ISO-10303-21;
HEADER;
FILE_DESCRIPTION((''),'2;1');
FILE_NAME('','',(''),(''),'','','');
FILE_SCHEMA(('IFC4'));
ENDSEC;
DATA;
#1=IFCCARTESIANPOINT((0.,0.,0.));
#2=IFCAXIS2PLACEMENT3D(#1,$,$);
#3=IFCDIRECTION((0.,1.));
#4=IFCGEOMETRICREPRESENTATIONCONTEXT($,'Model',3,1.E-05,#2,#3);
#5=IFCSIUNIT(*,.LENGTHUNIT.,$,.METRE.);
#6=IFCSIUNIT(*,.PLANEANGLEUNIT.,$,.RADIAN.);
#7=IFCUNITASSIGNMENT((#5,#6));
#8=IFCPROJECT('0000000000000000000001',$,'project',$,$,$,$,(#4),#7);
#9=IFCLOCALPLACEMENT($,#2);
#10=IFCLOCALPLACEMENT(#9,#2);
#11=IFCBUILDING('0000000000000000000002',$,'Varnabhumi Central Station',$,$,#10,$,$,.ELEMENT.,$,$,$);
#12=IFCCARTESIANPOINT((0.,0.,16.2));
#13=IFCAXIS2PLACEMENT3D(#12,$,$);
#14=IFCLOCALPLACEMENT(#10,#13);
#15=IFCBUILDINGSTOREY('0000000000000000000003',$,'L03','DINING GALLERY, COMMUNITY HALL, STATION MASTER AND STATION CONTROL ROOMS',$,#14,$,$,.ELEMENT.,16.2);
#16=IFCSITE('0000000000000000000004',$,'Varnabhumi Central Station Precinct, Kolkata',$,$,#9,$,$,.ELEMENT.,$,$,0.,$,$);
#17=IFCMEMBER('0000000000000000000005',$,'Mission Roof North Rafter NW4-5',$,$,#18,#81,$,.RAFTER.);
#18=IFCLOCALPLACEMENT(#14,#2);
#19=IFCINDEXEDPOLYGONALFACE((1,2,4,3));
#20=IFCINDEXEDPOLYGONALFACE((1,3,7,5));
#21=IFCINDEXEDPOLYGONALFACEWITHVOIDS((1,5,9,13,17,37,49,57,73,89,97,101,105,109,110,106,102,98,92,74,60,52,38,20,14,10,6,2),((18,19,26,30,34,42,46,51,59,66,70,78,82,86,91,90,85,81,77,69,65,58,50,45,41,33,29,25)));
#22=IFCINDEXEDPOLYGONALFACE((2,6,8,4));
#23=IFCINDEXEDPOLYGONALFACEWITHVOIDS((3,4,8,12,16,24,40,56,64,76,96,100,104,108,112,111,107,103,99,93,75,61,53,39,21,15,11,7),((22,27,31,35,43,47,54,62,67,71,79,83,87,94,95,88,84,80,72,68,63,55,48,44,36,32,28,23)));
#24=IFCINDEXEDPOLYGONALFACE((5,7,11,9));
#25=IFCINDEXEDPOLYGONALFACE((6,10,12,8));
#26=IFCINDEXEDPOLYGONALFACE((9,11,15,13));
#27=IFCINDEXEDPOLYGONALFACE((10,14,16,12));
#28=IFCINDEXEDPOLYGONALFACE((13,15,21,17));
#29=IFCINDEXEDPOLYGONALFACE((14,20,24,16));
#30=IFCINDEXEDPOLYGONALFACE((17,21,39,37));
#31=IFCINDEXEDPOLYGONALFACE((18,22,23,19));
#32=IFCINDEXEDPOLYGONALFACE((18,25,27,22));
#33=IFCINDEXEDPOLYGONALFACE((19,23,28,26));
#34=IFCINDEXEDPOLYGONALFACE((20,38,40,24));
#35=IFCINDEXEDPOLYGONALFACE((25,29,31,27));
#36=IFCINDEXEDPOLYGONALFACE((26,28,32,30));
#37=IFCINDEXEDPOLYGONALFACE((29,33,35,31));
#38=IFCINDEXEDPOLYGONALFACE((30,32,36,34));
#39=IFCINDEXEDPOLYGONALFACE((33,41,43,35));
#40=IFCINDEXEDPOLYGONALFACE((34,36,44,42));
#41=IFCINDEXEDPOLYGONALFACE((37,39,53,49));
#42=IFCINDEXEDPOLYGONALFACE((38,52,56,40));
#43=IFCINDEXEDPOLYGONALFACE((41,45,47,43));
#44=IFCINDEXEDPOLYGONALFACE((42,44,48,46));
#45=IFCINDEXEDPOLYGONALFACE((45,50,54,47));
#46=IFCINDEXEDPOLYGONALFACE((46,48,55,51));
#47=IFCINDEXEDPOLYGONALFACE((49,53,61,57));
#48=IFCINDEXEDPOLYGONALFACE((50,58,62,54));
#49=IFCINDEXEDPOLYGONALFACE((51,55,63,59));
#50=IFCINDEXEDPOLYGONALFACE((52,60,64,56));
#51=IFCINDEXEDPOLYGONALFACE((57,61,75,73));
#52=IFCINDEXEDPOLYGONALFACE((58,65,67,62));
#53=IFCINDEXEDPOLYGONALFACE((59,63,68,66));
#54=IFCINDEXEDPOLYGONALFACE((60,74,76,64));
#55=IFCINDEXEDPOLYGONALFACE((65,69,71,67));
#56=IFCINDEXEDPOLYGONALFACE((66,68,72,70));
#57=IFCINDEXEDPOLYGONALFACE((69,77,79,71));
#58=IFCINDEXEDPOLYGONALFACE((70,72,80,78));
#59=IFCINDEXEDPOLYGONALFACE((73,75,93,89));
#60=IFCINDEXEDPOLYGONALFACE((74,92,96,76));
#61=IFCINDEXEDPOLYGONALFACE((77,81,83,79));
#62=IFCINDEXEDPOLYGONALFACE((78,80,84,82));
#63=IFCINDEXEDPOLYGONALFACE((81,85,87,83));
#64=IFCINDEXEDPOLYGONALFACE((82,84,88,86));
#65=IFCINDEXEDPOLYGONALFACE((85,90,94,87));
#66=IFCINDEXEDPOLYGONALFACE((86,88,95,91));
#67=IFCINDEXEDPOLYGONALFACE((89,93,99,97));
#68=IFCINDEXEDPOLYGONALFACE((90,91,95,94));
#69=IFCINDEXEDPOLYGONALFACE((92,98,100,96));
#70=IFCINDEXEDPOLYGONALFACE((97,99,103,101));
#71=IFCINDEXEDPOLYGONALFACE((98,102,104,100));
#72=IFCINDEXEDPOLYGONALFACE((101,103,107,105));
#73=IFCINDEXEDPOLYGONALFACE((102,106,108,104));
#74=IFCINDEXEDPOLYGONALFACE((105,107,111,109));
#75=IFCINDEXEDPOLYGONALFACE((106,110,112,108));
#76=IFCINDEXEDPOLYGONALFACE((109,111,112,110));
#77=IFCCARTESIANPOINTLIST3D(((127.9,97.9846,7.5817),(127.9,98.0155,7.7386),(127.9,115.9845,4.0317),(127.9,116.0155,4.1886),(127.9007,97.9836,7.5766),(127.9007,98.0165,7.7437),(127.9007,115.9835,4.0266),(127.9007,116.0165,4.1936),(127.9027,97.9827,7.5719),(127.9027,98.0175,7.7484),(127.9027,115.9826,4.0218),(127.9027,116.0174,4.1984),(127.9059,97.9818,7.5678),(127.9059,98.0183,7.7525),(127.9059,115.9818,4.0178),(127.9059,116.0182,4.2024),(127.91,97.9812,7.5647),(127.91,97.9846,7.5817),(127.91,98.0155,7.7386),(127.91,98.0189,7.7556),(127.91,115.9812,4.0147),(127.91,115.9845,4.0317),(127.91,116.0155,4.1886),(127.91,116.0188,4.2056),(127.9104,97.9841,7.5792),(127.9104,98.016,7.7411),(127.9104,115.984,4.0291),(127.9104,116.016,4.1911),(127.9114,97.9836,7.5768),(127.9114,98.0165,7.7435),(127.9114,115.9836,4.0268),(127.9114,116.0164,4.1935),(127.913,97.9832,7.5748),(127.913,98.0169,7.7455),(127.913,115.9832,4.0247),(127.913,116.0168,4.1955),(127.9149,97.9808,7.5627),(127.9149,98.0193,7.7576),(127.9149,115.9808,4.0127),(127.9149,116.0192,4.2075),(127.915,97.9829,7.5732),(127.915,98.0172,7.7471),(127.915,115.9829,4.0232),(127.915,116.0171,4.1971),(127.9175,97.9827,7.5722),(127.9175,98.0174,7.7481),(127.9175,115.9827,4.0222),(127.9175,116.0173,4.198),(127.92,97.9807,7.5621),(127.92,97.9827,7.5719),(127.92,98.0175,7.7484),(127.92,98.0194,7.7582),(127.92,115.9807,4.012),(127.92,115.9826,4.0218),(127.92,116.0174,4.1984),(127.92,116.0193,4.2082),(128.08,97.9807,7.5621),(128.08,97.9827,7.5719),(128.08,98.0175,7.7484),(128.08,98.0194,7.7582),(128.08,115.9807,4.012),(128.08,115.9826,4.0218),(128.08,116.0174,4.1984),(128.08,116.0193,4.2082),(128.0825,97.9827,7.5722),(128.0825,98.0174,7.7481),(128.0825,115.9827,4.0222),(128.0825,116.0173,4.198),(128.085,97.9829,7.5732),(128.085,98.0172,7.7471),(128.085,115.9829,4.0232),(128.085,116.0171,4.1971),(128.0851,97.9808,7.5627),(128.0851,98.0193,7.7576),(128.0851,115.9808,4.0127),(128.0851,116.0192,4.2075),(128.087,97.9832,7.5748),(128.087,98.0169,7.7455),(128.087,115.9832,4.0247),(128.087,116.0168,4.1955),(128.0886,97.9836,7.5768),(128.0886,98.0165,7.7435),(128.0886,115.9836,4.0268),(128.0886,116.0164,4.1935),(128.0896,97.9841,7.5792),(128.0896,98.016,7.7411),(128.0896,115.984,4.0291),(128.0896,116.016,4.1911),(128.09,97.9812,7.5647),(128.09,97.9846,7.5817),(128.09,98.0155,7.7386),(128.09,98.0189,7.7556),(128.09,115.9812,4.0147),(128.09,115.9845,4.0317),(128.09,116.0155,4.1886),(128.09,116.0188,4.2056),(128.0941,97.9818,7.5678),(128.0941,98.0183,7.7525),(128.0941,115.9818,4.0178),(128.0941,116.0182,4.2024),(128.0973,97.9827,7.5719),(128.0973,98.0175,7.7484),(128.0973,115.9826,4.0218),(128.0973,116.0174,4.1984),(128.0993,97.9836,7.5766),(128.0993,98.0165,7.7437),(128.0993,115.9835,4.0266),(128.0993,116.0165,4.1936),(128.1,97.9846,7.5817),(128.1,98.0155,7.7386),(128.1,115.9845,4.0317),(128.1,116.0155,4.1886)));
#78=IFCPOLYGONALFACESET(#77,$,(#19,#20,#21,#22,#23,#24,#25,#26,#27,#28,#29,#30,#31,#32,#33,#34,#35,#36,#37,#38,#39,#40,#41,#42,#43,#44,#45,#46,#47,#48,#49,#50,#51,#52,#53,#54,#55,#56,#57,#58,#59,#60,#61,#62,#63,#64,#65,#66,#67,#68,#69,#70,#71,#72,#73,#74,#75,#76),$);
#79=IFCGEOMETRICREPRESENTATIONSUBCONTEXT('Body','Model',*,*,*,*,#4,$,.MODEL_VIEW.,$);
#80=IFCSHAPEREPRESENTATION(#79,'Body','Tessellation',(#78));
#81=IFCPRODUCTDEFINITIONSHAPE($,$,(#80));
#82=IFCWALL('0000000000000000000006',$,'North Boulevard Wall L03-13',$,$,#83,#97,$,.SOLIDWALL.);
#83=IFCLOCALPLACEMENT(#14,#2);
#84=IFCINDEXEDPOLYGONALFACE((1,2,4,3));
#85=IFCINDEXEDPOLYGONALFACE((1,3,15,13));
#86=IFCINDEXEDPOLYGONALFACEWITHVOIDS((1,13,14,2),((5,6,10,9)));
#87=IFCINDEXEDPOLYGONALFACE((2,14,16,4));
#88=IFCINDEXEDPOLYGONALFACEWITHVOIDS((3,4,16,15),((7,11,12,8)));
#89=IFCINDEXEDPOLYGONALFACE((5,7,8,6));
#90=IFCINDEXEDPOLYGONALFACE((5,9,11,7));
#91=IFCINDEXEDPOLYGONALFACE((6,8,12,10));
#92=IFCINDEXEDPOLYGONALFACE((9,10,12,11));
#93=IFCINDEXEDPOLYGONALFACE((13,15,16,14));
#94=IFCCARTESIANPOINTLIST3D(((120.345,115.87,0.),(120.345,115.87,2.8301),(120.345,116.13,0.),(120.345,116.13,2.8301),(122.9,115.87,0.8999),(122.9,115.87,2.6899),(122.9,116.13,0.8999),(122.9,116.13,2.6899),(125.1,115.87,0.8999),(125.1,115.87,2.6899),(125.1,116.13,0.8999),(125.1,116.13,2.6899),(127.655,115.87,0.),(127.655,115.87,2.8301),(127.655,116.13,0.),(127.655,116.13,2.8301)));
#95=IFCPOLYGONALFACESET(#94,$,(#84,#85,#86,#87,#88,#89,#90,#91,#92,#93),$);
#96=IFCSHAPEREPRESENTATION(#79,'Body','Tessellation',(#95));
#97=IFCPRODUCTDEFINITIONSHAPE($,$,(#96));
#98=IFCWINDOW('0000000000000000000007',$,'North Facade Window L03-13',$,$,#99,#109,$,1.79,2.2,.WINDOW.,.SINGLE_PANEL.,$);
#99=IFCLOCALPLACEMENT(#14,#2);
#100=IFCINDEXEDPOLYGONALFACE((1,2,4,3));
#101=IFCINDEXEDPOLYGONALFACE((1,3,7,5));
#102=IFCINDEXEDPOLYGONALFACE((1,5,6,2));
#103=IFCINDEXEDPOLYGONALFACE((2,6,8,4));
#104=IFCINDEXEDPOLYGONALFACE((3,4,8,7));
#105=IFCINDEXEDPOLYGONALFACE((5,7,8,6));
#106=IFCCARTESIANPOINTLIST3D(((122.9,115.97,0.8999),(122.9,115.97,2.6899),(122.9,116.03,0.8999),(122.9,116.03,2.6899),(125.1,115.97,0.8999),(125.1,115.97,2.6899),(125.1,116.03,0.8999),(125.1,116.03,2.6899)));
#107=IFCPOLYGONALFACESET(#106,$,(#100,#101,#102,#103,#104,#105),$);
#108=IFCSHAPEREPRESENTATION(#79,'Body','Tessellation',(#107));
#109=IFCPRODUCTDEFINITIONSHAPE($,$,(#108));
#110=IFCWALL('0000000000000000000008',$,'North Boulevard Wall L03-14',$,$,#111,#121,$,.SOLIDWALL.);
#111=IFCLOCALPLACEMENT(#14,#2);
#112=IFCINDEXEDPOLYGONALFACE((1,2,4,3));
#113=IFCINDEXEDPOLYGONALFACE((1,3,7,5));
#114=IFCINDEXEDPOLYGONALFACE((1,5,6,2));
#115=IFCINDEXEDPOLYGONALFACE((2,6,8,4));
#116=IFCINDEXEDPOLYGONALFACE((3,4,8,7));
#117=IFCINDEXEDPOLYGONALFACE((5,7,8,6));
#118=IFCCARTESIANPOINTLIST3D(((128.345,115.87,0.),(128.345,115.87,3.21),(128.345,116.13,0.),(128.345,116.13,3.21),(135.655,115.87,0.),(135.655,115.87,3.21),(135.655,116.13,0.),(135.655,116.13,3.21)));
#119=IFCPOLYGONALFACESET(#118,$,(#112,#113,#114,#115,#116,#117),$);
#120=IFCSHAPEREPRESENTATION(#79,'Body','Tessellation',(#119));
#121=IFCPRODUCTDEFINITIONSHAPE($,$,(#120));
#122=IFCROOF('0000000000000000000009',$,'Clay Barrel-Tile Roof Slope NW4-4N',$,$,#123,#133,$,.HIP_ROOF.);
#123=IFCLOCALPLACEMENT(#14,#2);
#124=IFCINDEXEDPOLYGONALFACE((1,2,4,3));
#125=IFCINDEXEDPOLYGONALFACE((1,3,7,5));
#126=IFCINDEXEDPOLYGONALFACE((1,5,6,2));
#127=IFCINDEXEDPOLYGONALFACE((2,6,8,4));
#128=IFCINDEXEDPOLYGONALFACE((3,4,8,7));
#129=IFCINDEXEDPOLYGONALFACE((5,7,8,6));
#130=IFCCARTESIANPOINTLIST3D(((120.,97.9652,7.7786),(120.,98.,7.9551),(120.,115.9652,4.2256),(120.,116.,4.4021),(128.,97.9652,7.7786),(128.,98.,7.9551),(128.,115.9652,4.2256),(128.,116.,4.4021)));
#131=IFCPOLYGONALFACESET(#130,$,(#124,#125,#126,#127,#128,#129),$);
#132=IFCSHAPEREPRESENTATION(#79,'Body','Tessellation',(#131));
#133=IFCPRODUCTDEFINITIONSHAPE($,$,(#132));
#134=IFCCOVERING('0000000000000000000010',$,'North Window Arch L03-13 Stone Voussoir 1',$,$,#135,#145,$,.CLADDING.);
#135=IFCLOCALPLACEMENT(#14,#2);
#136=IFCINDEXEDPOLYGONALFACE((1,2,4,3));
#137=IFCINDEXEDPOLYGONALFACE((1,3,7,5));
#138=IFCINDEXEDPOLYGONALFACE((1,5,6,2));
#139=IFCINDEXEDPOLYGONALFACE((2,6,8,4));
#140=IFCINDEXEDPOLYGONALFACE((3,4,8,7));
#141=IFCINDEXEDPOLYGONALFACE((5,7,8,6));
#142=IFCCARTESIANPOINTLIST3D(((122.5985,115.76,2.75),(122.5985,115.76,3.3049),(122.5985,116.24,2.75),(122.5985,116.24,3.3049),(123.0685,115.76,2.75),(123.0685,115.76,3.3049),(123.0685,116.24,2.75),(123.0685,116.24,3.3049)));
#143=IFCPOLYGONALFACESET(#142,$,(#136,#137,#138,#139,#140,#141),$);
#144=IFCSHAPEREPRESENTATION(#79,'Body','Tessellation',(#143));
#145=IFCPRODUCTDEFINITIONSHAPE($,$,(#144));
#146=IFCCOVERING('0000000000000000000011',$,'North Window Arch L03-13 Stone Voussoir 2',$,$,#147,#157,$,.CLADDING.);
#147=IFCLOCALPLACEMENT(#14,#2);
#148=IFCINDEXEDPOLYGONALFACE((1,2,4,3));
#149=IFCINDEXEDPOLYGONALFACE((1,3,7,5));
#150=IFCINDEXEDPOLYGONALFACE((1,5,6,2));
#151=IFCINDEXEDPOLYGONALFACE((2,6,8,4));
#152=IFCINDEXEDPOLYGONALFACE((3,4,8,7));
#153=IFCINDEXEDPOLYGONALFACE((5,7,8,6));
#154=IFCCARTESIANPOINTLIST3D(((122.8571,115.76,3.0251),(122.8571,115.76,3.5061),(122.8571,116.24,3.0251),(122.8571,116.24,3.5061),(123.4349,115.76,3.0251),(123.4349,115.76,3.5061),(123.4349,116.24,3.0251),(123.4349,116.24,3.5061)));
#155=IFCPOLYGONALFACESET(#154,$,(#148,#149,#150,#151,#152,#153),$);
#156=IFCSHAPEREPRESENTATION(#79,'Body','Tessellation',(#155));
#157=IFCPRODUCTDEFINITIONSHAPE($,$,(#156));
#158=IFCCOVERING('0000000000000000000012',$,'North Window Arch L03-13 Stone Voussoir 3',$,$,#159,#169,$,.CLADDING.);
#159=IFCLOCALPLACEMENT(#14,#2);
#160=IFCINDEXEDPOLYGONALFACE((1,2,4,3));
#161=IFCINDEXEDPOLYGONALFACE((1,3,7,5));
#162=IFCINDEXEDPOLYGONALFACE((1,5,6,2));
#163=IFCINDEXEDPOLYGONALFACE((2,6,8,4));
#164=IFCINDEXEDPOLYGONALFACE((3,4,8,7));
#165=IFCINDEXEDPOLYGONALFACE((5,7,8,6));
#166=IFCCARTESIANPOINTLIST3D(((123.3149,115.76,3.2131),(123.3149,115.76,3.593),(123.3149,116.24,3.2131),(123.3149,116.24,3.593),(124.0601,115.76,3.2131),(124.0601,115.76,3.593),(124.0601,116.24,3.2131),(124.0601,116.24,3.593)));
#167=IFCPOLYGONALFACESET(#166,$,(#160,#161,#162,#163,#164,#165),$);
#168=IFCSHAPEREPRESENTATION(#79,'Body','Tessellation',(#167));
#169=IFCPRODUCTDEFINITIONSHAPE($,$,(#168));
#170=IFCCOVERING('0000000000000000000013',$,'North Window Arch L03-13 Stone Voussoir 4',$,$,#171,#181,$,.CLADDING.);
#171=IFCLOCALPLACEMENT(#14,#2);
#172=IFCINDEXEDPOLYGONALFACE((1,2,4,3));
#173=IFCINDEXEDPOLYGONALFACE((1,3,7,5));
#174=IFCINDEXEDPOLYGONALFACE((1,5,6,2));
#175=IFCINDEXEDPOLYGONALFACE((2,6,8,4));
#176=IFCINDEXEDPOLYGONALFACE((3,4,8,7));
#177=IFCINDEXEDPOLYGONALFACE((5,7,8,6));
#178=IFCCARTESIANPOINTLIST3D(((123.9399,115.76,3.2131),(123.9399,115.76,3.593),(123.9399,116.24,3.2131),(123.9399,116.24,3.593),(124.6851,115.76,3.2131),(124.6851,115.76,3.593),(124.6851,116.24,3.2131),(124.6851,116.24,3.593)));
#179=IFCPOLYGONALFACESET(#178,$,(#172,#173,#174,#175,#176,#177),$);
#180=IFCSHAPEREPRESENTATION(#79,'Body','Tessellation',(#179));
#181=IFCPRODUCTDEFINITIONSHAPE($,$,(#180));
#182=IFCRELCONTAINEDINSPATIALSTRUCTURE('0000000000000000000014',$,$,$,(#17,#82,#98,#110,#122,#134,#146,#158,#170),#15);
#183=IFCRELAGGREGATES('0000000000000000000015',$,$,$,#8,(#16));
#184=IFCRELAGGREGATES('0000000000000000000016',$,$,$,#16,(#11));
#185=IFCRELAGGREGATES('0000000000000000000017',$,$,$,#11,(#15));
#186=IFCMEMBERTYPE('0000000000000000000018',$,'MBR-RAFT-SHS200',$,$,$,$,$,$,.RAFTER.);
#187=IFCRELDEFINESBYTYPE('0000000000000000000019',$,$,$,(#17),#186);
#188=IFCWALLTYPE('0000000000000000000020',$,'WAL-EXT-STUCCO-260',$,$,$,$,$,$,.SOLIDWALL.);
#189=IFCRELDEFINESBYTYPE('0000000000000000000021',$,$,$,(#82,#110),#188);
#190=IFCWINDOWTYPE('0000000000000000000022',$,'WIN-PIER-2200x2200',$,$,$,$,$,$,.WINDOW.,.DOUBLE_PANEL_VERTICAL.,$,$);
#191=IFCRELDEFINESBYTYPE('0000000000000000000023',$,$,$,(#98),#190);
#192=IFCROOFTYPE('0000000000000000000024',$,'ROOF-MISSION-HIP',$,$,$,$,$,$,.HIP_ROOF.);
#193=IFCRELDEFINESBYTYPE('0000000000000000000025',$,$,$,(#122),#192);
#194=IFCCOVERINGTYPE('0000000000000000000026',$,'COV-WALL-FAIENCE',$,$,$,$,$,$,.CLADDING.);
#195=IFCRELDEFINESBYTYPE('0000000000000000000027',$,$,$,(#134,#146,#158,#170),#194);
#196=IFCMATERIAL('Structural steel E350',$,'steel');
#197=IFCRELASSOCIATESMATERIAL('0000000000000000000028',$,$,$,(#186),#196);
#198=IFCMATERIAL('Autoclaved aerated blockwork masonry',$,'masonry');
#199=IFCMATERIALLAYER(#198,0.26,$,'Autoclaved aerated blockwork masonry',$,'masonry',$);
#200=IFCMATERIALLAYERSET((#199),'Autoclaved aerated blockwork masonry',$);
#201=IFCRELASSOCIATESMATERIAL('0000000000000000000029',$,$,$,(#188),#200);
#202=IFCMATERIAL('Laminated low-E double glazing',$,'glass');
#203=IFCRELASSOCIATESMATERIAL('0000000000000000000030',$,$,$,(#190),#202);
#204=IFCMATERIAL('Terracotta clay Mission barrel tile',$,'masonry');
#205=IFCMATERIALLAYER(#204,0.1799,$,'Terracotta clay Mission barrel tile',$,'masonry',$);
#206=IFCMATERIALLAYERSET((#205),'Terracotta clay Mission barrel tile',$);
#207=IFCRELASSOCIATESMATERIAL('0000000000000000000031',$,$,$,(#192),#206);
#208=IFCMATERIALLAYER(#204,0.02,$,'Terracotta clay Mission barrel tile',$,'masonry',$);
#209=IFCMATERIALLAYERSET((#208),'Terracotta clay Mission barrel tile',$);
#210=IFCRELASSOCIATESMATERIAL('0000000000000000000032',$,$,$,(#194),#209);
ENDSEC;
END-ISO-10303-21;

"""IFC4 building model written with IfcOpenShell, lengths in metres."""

from ifc_helpers import new_model, si_unit, direction, frame, frame_2d, origin, origin_2d, place, context, subcontext, project, spatial, polyline, rectangle, hollow_rectangle, outline, extrude, material, layer, layer_set, material_profile, profile_set, type_object, element, fill, save


model = new_model("IFC4")

# Units and contexts
model_context = context("Model", 3, precision=1e-05, world=origin(), true_north=direction((0.0, 1.0)))
body_context = subcontext(model_context, "Body", "Model", "MODEL_VIEW")
ifc_project = project(units=[si_unit("LENGTHUNIT", "METRE"), si_unit("PLANEANGLEUNIT", "RADIAN")], contexts=[model_context])

# Site, building, storey
site_placement = place(None, origin())
site = spatial("IfcSite", under=ifc_project, at=site_placement, Name="Varnabhumi Central Station Precinct, Kolkata", CompositionType="ELEMENT", RefElevation=0.0)
building_placement = place(site_placement, origin())
building = spatial("IfcBuilding", under=site, at=building_placement, Name="Varnabhumi Central Station", CompositionType="ELEMENT")
storey_placement = place(building_placement, frame((0.0, 0.0, 16.2)))
storey = spatial("IfcBuildingStorey", under=building, at=storey_placement, Name="L03", Description="DINING GALLERY, COMMUNITY HALL, STATION MASTER AND STATION CONTROL ROOMS", CompositionType="ELEMENT", Elevation=16.2)

# Shared definitions
ifc_material_1 = material(Name="Structural steel E350", Category="steel")

# Member
ifc_material_profile_1 = material_profile(ifc_material_1, hollow_rectangle(XDim=0.2, YDim=0.2, WallThickness=0.01, InnerFilletRadius=0.01, OuterFilletRadius=0.02, at=origin_2d()), Name="Structural steel E350", Category="steel")
ifc_profile_set_1 = profile_set([ifc_material_profile_1], Name="Structural steel E350")
member_type = type_object("IfcMemberType", Name="MBR-RAFT-SHS200", PredefinedType="RAFTER", material=ifc_profile_set_1)
member_placement = place(storey_placement, frame((128.0, 116.0, 4.1101), z_axis=(0.0, -0.981101, 0.193498), x_axis=(1.0, 0.0, 0.0)))
element("IfcMember", 1, at=member_placement, inside=storey, type_object=member_type, Name="Mission Roof North Rafter NW4-5", PredefinedType="RAFTER", context=body_context, shape_type="SweptSolid", body=[
    extrude(hollow_rectangle(XDim=0.2, YDim=0.2, WallThickness=0.01, InnerFilletRadius=0.01, OuterFilletRadius=0.02, at=origin_2d()), origin(), (0.0, 0.0, 1.0), 18.3467),
])

# Wall, opening, window
ifc_material_2 = material(Name="Autoclaved aerated blockwork masonry", Category="masonry")
ifc_layer_1 = layer(ifc_material_2, 0.26, Name="Autoclaved aerated blockwork masonry", Category="masonry")
ifc_layer_set_1 = layer_set([ifc_layer_1], Name="Autoclaved aerated blockwork masonry")
wall_type = type_object("IfcWallType", Name="WAL-EXT-STUCCO-260", PredefinedType="SOLIDWALL", material=ifc_layer_set_1)
wall_1_placement = place(storey_placement, frame((120.345, 116.0, 0.0), z_axis=(0.0, 0.0, 1.0), x_axis=(1.0, 0.0, 0.0)))
wall_1 = element("IfcWall", 2, at=wall_1_placement, inside=storey, type_object=wall_type, Name="North Boulevard Wall L03-13", PredefinedType="SOLIDWALL", context=body_context, shape_type="SweptSolid", body=[
    extrude(rectangle(XDim=7.3101, YDim=0.26, at=frame_2d((3.655, 0.0))), origin(), (0.0, 0.0, 1.0), 2.8301),
])
opening_placement = place(wall_1_placement, frame((2.5549, 0.0, 0.8999)))
opening = element("IfcOpeningElement", 3, at=opening_placement, cuts=wall_1, PredefinedType="OPENING", context=body_context, shape_type="SweptSolid", body=[
    extrude(rectangle(XDim=2.2, YDim=1.79, at=frame_2d((1.1001, 0.895))), frame((0.0, 0.1399, 0.0), z_axis=(0.0, -1.0, 0.0), x_axis=(1.0, 0.0, 0.0)), (0.0, 0.0, 1.0), 0.28),
])
ifc_material_3 = material(Name="Laminated low-E double glazing", Category="glass")
window_type = type_object("IfcWindowType", Name="WIN-PIER-2200x2200", PartitioningType="DOUBLE_PANEL_VERTICAL", PredefinedType="WINDOW", material=ifc_material_3)
window_placement = place(opening_placement, origin())
window = element("IfcWindow", 4, at=window_placement, inside=storey, type_object=window_type, Name="North Facade Window L03-13", OverallHeight=1.79, OverallWidth=2.2, PartitioningType="SINGLE_PANEL", PredefinedType="WINDOW", context=body_context, shape_type="SweptSolid", body=[
    extrude(rectangle(XDim=2.2, YDim=1.79, at=frame_2d((1.1001, 0.895))), frame((0.0, 0.03, 0.0), z_axis=(0.0, -1.0, 0.0), x_axis=(1.0, 0.0, 0.0)), (0.0, 0.0, 1.0), 0.0601),
])
fill(opening, window)

# Wall
wall_2_placement = place(storey_placement, frame((128.345, 116.0, 0.0), z_axis=(0.0, 0.0, 1.0), x_axis=(1.0, 0.0, 0.0)))
element("IfcWall", 5, at=wall_2_placement, inside=storey, type_object=wall_type, Name="North Boulevard Wall L03-14", PredefinedType="SOLIDWALL", context=body_context, shape_type="SweptSolid", body=[
    extrude(rectangle(XDim=7.3101, YDim=0.26, at=frame_2d((3.655, 0.0))), origin(), (0.0, 0.0, 1.0), 3.21),
])

# Roof
ifc_material_4 = material(Name="Terracotta clay Mission barrel tile", Category="masonry")
ifc_layer_2 = layer(ifc_material_4, 0.1799, Name="Terracotta clay Mission barrel tile", Category="masonry")
ifc_layer_set_2 = layer_set([ifc_layer_2], Name="Terracotta clay Mission barrel tile")
roof_type = type_object("IfcRoofType", Name="ROOF-MISSION-HIP", PredefinedType="HIP_ROOF", material=ifc_layer_set_2)
roof_placement = place(storey_placement, frame((128.0, 116.0, 4.4021), z_axis=(0.0, 0.193651, 0.98107), x_axis=(-1.0, 0.0, 0.0)))
element("IfcRoof", 6, at=roof_placement, inside=storey, type_object=roof_type, Name="Clay Barrel-Tile Roof Slope NW4-4N", PredefinedType="HIP_ROOF", context=body_context, shape_type="SweptSolid", body=[
    extrude(outline(polyline([(0.0, 0.0), (8.0, 0.0), (8.0, 18.3473), (0.0, 18.3473), (0.0, 0.0)])), origin(), (0.0, 0.0, -1.0), 0.1799),
])

# Coverings
ifc_layer_3 = layer(ifc_material_4, 0.02, Name="Terracotta clay Mission barrel tile", Category="masonry")
ifc_layer_set_3 = layer_set([ifc_layer_3], Name="Terracotta clay Mission barrel tile")
covering_type = type_object("IfcCoveringType", Name="COV-WALL-FAIENCE", PredefinedType="CLADDING", material=ifc_layer_set_3)
covering_1_placement = place(storey_placement, frame((122.8335, 116.0, 2.75), z_axis=(0.0, 0.0, 1.0), x_axis=(1.0, 0.0, 0.0)))
element("IfcCovering", 7, at=covering_1_placement, inside=storey, type_object=covering_type, Name="North Window Arch L03-13 Stone Voussoir 1", PredefinedType="CLADDING", context=body_context, shape_type="SweptSolid", body=[
    extrude(rectangle(XDim=0.47, YDim=0.48, at=origin_2d()), origin(), (0.0, 0.0, 1.0), 0.5549),
])
covering_2_placement = place(storey_placement, frame((123.146, 116.0, 3.0251), z_axis=(0.0, 0.0, 1.0), x_axis=(1.0, 0.0, 0.0)))
element("IfcCovering", 8, at=covering_2_placement, inside=storey, type_object=covering_type, Name="North Window Arch L03-13 Stone Voussoir 2", PredefinedType="CLADDING", context=body_context, shape_type="SweptSolid", body=[
    extrude(rectangle(XDim=0.5779, YDim=0.48, at=origin_2d()), origin(), (0.0, 0.0, 1.0), 0.481),
])
for number, where, z_axis, x_axis, name in (
    (9, (123.6875, 116.0, 3.2131), (0.0, 0.0, 1.0), (1.0, 0.0, 0.0), "North Window Arch L03-13 Stone Voussoir 3"),
    (10, (124.3125, 116.0, 3.2131), (0.0, 0.0, 1.0), (1.0, 0.0, 0.0), "North Window Arch L03-13 Stone Voussoir 4"),
):
    element("IfcCovering", number, at=place(storey_placement, frame(where, z_axis=z_axis, x_axis=x_axis)), inside=storey, type_object=covering_type, Name=name, PredefinedType="CLADDING", context=body_context, shape_type="SweptSolid", body=[
        extrude(rectangle(XDim=0.7451, YDim=0.48, at=origin_2d()), origin(), (0.0, 0.0, 1.0), 0.3799),
    ])

save(model, "model.ifc")
